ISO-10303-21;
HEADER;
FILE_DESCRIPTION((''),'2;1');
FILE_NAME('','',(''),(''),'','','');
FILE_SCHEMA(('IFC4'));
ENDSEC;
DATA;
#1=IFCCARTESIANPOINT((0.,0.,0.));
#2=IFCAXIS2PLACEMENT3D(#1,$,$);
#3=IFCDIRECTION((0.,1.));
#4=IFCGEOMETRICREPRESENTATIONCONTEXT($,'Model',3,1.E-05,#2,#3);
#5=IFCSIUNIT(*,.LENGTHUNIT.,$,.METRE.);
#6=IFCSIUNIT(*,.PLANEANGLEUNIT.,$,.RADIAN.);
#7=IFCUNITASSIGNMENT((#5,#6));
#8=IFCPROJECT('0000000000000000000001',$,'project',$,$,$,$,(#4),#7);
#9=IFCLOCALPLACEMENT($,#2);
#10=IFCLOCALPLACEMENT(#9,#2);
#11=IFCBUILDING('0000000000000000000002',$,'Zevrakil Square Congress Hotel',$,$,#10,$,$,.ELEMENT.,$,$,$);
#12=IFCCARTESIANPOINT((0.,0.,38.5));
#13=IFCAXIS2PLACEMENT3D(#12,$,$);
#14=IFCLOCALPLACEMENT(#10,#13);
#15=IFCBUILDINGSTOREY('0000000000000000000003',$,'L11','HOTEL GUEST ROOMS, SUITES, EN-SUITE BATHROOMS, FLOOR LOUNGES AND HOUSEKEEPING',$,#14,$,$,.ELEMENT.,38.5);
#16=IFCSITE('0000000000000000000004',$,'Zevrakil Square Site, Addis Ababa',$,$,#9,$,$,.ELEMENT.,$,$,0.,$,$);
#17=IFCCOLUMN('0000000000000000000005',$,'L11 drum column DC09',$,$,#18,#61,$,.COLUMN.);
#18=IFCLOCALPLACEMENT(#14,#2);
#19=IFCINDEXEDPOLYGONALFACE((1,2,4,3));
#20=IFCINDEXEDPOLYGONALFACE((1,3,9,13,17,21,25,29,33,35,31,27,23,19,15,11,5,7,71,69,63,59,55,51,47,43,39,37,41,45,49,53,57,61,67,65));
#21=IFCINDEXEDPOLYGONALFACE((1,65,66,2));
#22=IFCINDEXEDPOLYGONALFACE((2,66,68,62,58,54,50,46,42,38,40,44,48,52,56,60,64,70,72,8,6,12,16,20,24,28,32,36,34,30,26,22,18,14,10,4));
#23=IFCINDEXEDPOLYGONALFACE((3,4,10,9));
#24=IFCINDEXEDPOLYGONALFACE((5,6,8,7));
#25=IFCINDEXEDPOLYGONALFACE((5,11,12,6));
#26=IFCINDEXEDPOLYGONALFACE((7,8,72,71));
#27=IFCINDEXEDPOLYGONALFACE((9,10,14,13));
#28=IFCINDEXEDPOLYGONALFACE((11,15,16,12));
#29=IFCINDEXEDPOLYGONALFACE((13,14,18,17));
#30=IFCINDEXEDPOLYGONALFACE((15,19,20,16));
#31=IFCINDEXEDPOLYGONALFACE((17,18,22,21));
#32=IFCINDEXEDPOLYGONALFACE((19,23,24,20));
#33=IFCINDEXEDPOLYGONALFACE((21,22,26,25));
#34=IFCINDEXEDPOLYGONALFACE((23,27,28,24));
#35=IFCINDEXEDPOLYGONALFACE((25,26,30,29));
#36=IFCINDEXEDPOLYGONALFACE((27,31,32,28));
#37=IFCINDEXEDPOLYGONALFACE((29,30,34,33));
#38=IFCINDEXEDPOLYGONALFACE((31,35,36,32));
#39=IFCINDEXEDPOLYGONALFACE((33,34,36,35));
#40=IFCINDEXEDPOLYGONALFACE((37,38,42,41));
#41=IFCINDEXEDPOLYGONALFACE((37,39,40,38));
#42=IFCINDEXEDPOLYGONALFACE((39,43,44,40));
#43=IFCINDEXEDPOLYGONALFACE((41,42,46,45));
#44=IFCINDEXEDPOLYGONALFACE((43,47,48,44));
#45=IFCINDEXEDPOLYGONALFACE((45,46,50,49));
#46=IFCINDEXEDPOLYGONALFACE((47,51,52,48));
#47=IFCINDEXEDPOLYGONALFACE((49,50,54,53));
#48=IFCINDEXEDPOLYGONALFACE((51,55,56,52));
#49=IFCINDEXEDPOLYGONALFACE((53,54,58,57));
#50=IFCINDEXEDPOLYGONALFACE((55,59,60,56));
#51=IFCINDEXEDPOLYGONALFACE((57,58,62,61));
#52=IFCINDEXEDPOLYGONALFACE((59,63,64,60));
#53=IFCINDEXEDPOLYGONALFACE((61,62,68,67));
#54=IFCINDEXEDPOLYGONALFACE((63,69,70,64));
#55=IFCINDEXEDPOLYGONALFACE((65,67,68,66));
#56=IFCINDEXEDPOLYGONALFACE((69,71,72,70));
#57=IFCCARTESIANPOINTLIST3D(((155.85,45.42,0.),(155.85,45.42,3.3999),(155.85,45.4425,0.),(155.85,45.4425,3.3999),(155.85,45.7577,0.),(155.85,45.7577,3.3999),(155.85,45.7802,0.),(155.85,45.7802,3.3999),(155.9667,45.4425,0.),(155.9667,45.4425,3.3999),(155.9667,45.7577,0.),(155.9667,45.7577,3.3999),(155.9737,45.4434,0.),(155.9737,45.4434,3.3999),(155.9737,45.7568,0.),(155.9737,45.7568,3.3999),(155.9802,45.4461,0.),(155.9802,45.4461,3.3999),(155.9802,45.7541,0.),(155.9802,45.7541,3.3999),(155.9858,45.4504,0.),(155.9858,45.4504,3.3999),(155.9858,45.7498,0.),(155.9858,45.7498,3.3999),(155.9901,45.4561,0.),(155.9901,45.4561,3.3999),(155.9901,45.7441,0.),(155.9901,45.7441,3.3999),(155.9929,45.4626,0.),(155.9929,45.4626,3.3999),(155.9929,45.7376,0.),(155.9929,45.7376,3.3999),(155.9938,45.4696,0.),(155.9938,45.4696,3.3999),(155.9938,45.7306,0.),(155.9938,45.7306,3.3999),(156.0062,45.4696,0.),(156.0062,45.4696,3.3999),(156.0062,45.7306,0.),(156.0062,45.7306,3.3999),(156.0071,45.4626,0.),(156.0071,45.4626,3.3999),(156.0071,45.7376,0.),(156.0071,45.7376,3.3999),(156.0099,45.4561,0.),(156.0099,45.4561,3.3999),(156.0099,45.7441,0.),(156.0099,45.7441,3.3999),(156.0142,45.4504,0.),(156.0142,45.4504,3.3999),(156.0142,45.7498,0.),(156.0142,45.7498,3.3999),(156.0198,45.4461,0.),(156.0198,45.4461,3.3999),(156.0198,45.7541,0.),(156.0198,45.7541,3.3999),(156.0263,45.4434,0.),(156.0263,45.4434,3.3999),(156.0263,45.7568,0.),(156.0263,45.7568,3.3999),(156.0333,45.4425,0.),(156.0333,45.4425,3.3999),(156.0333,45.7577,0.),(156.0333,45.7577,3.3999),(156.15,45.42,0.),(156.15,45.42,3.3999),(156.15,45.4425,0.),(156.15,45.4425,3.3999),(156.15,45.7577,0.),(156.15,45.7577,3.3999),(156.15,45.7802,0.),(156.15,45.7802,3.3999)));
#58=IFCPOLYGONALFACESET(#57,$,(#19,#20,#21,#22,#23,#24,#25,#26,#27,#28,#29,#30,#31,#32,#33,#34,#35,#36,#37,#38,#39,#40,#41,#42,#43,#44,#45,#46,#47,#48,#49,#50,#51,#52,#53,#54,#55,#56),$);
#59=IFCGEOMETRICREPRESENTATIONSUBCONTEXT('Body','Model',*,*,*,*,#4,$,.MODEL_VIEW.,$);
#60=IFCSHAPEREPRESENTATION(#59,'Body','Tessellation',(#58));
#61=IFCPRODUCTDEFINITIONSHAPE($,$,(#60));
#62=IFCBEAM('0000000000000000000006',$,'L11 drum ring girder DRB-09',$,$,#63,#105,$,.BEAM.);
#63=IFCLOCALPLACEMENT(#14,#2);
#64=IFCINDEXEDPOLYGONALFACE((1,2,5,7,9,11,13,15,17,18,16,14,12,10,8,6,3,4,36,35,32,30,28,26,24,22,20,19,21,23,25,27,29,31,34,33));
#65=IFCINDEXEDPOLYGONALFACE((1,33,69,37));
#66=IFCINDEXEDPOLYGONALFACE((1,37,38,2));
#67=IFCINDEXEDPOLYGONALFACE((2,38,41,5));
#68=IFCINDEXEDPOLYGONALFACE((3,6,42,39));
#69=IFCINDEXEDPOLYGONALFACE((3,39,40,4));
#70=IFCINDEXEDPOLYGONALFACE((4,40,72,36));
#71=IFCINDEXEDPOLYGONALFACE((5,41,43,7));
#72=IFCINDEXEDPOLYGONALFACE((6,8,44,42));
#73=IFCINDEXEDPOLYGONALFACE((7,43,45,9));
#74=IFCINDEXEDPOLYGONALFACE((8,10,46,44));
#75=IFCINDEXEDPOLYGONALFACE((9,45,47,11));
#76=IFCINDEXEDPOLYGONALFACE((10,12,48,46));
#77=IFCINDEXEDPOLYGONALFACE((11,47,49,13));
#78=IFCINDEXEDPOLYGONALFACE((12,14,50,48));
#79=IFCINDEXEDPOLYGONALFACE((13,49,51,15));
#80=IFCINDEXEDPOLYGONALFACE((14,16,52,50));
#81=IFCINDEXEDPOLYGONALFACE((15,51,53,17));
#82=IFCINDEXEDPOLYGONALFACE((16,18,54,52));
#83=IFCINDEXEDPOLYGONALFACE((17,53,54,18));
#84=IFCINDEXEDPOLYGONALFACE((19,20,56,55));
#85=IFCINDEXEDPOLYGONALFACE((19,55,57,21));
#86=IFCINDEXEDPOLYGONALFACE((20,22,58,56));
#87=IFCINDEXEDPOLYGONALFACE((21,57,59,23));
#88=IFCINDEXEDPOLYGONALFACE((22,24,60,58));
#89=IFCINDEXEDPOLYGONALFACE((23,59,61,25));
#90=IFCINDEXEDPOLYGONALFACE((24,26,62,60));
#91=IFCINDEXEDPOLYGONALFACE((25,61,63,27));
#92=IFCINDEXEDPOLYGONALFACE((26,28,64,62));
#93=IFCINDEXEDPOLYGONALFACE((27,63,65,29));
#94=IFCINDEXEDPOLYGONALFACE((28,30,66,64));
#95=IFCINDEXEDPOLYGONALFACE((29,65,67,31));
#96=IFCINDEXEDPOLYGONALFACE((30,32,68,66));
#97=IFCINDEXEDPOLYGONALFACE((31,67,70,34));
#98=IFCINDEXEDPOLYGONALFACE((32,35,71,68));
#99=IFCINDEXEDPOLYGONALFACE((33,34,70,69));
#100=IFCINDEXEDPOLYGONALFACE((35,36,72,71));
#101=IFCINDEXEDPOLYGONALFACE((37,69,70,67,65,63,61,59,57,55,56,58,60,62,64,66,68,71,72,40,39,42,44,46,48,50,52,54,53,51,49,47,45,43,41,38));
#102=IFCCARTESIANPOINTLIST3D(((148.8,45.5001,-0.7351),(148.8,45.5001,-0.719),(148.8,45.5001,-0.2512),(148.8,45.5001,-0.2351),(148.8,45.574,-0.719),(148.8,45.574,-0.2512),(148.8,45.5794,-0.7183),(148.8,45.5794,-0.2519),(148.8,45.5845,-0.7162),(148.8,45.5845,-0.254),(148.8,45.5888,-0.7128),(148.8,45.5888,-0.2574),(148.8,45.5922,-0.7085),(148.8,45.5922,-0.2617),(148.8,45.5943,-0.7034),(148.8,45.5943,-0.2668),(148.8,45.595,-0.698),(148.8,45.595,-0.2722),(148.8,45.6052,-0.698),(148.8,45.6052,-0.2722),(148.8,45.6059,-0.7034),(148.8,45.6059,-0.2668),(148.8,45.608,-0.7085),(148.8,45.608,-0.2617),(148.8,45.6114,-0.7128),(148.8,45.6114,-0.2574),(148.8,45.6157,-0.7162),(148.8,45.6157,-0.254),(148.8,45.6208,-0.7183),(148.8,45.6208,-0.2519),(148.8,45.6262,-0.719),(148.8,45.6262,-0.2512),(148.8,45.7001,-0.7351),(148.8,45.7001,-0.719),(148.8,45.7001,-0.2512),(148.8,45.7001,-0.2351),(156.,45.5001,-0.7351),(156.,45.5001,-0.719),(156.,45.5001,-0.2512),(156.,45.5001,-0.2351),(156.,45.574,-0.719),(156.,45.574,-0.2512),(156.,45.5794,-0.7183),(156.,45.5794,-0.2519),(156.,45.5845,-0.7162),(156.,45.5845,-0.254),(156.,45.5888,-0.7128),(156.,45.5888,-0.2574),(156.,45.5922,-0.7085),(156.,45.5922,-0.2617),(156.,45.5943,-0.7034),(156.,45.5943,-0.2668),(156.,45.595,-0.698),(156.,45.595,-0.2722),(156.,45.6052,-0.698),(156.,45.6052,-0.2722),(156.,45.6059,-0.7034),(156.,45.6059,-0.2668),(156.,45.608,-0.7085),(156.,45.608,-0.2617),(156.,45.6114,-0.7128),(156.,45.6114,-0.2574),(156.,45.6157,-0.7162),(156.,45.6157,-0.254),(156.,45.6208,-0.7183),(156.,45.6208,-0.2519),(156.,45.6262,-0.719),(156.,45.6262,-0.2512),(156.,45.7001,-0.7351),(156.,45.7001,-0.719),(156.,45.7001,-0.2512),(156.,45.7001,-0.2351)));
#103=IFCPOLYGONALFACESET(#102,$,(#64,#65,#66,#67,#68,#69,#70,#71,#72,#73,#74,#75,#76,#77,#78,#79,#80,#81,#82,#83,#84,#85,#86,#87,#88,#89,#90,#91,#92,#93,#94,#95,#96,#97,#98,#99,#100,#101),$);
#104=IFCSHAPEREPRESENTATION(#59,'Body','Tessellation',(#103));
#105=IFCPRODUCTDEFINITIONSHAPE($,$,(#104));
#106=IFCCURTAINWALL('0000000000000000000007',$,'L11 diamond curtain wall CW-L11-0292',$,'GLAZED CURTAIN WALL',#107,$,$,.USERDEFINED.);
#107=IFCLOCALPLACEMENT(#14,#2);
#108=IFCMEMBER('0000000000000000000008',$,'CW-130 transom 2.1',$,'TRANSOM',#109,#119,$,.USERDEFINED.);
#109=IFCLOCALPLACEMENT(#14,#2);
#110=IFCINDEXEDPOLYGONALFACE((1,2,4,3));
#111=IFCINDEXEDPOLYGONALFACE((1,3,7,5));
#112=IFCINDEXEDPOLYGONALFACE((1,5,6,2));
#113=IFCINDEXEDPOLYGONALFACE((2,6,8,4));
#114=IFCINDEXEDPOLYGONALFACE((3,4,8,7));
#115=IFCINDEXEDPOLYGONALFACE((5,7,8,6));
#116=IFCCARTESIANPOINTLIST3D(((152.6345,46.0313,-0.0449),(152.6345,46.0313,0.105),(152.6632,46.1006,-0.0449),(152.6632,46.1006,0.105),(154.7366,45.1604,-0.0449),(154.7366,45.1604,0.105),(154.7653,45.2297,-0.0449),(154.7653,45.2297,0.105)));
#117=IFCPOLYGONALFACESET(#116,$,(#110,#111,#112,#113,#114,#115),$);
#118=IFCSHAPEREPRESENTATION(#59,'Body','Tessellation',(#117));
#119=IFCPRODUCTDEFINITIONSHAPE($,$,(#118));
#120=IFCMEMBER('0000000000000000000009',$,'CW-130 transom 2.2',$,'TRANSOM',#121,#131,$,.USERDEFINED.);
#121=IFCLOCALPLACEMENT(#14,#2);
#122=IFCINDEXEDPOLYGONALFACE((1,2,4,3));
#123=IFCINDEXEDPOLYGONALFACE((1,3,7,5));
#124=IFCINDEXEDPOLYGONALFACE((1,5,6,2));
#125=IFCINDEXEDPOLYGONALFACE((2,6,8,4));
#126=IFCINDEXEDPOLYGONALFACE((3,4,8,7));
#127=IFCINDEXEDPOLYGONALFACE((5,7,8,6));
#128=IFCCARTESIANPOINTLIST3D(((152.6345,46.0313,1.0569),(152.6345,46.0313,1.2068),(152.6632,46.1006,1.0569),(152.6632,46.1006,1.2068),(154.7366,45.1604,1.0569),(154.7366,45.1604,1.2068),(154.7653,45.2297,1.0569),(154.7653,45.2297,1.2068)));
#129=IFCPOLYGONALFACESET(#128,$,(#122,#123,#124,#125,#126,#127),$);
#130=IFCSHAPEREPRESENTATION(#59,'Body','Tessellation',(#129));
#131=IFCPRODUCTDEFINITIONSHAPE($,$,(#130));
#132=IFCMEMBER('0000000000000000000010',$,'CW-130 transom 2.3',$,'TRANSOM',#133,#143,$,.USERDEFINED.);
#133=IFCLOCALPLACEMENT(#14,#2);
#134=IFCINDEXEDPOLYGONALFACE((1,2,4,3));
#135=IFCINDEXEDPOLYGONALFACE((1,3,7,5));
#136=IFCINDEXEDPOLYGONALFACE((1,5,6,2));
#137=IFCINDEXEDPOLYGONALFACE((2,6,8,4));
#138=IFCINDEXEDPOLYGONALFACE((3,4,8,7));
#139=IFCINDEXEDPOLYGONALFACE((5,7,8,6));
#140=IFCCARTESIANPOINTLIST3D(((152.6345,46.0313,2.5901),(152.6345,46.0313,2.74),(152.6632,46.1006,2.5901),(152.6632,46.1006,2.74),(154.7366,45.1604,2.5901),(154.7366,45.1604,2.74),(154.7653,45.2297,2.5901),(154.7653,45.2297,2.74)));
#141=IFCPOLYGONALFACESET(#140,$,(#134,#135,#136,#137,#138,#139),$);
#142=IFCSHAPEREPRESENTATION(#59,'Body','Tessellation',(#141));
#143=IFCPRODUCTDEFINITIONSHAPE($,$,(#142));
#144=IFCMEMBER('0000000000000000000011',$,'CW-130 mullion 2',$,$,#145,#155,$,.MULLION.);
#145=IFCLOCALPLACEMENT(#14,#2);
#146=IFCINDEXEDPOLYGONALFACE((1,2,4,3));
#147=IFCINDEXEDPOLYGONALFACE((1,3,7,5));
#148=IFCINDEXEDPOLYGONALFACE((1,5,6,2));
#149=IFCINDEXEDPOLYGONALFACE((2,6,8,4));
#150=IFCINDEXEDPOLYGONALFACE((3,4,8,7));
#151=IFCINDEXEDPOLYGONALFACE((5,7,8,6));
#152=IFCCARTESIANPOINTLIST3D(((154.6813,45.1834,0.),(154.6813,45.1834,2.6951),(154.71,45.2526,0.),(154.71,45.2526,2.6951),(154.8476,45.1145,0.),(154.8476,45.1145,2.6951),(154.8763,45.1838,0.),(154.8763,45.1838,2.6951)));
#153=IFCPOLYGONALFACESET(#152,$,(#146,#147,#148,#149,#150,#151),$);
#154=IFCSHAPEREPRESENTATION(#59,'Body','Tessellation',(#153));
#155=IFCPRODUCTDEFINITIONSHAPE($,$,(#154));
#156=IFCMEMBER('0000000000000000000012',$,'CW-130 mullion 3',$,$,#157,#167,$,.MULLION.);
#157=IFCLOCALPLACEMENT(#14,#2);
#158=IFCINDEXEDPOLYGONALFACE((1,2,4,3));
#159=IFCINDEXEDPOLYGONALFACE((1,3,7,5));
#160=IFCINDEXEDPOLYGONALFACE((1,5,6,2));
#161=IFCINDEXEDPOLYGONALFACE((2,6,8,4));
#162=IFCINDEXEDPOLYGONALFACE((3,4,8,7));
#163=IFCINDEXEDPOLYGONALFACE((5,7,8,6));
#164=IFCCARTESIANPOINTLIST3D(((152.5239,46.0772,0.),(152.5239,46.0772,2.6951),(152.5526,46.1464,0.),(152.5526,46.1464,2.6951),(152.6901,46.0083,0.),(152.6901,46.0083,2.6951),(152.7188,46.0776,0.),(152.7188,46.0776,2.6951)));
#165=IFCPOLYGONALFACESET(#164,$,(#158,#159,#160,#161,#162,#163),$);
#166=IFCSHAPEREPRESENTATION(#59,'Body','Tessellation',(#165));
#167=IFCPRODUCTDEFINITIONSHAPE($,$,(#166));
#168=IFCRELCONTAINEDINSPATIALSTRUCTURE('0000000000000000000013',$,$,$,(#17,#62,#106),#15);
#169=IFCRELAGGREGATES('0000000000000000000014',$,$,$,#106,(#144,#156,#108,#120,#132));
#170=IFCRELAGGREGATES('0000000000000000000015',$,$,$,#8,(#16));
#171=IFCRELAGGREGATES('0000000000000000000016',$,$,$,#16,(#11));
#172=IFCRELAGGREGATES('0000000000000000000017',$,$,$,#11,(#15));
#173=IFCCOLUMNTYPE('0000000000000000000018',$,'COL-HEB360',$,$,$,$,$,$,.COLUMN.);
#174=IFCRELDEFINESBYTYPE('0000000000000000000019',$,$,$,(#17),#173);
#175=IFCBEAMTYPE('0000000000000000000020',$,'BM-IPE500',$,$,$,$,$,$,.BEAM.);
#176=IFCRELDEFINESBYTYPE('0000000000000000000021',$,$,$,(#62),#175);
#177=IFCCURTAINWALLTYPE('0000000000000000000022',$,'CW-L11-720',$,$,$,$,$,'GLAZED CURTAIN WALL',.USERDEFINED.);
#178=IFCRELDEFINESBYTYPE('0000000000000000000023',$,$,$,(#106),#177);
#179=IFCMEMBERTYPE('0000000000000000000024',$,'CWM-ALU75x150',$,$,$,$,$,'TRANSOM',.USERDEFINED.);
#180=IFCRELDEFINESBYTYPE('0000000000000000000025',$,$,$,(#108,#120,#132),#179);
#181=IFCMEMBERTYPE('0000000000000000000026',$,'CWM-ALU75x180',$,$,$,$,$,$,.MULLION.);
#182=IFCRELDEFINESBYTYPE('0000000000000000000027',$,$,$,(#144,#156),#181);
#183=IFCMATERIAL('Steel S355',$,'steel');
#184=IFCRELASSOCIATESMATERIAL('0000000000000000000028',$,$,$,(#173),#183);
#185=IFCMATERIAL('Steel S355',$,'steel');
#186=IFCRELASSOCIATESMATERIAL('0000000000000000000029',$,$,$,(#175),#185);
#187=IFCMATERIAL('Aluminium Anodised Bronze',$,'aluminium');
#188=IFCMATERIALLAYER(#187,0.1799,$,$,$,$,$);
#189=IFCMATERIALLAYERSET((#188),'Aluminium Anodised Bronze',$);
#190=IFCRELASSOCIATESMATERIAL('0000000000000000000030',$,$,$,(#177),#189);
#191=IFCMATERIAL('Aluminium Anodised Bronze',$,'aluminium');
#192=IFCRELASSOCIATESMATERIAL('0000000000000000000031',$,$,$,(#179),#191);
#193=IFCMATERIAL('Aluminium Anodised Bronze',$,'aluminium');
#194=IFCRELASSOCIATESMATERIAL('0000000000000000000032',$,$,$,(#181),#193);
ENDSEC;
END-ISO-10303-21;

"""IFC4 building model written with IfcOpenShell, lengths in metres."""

from ifc_helpers import new_model, si_unit, direction, frame, origin, origin_2d, place, context, subcontext, project, spatial, rectangle, i_section, extrude, material, layer, layer_set, material_profile, profile_set, type_object, element, aggregate, save


model = new_model("IFC4")

# Units and contexts
model_context = context("Model", 3, precision=1e-05, world=origin(), true_north=direction((0.0, 1.0)))
body_context = subcontext(model_context, "Body", "Model", "MODEL_VIEW")
ifc_project = project(units=[si_unit("LENGTHUNIT", "METRE"), si_unit("PLANEANGLEUNIT", "RADIAN")], contexts=[model_context])

# Site, building, storey
site_placement = place(None, origin())
site = spatial("IfcSite", under=ifc_project, at=site_placement, Name="Zevrakil Square Site, Addis Ababa", CompositionType="ELEMENT", RefElevation=0.0)
building_placement = place(site_placement, origin())
building = spatial("IfcBuilding", under=site, at=building_placement, Name="Zevrakil Square Congress Hotel", CompositionType="ELEMENT")
storey_placement = place(building_placement, frame((0.0, 0.0, 38.5)))
storey = spatial("IfcBuildingStorey", under=building, at=storey_placement, Name="L11", Description="HOTEL GUEST ROOMS, SUITES, EN-SUITE BATHROOMS, FLOOR LOUNGES AND HOUSEKEEPING", CompositionType="ELEMENT", Elevation=38.5)

# Column
ifc_material_1 = material(Name="Steel S355", Category="steel")
ifc_material_profile_1 = material_profile(ifc_material_1, i_section(OverallWidth=0.3, OverallDepth=0.3601, WebThickness=0.0125, FlangeThickness=0.0225, FilletRadius=0.0271, at=origin_2d()), Name="HEB 360")
ifc_profile_set_1 = profile_set([ifc_material_profile_1], Name="Steel S355")
column_type = type_object("IfcColumnType", Name="COL-HEB360", PredefinedType="COLUMN", material=ifc_profile_set_1)
column_placement = place(storey_placement, frame((156.0, 45.6001, 0.0), z_axis=(0.0, 0.0, 1.0), x_axis=(1.0, 0.0, 0.0)))
element("IfcColumn", 1, at=column_placement, inside=storey, type_object=column_type, Name="L11 drum column DC09", PredefinedType="COLUMN", context=body_context, shape_type="SweptSolid", body=[
    extrude(i_section(OverallWidth=0.3, OverallDepth=0.3601, WebThickness=0.0125, FlangeThickness=0.0225, FilletRadius=0.0271, at=origin_2d()), origin(), (0.0, 0.0, 1.0), 3.3999),
])

# Beam
ifc_material_2 = material(Name="Steel S355", Category="steel")
ifc_material_profile_2 = material_profile(ifc_material_2, i_section(OverallWidth=0.2, OverallDepth=0.5, WebThickness=0.0103, FlangeThickness=0.0161, FilletRadius=0.021, at=origin_2d()), Name="IPE 500")
ifc_profile_set_2 = profile_set([ifc_material_profile_2], Name="Steel S355")
beam_type_1 = type_object("IfcBeamType", Name="BM-IPE500", PredefinedType="BEAM", material=ifc_profile_set_2)
beam_1_placement = place(storey_placement, frame((156.0, 45.6001, -0.4851), z_axis=(-1.0, 0.0, 0.0), x_axis=(0.0, -1.0, 0.0)))
element("IfcBeam", 2, at=beam_1_placement, inside=storey, type_object=beam_type_1, Name="L11 drum ring girder DRB-09", PredefinedType="BEAM", context=body_context, shape_type="SweptSolid", body=[
    extrude(i_section(OverallWidth=0.2, OverallDepth=0.5, WebThickness=0.0103, FlangeThickness=0.0161, FilletRadius=0.021, at=origin_2d()), origin(), (0.0, 0.0, 1.0), 7.2),
])

# Curtain wall, members
ifc_material_3 = material(Name="Aluminium Anodised Bronze", Category="aluminium")
ifc_layer_1 = layer(ifc_material_3, 0.1799)
ifc_layer_set_1 = layer_set([ifc_layer_1], Name="Aluminium Anodised Bronze")
curtain_wall_type = type_object("IfcCurtainWallType", Name="CW-L11-720", ElementType="GLAZED CURTAIN WALL", PredefinedType="USERDEFINED", material=ifc_layer_set_1)
curtain_wall_placement = place(storey_placement, origin())
curtain_wall = element("IfcCurtainWall", 3, at=curtain_wall_placement, inside=storey, type_object=curtain_wall_type, Name="L11 diamond curtain wall CW-L11-0292", ObjectType="GLAZED CURTAIN WALL", PredefinedType="USERDEFINED")
ifc_material_4 = material(Name="Aluminium Anodised Bronze", Category="aluminium")
ifc_material_profile_3 = material_profile(ifc_material_4, rectangle(XDim=0.075, YDim=0.1499, at=origin_2d()), Name="ALU 75x150")
ifc_profile_set_3 = profile_set([ifc_material_profile_3], Name="Aluminium Anodised Bronze")
member_type_1 = type_object("IfcMemberType", Name="CWM-ALU75x150", ElementType="TRANSOM", PredefinedType="USERDEFINED", material=ifc_profile_set_3)
member_1_placement = place(storey_placement, frame((154.751, 45.1951, 0.03), z_axis=(-0.923856, 0.38274, 0.0), x_axis=(-0.38274, -0.923856, 0.0)))
member_1 = element("IfcMember", 4, at=member_1_placement, type_object=member_type_1, Name="CW-130 transom 2.1", ObjectType="TRANSOM", PredefinedType="USERDEFINED", context=body_context, shape_type="SweptSolid", body=[
    extrude(rectangle(XDim=0.075, YDim=0.1499, at=origin_2d()), origin(), (0.0, 0.0, 1.0), 2.2754),
])
member_2_placement = place(storey_placement, frame((154.751, 45.1951, 1.1318), z_axis=(-0.923856, 0.38274, 0.0), x_axis=(-0.38274, -0.923856, 0.0)))
member_2 = element("IfcMember", 5, at=member_2_placement, type_object=member_type_1, Name="CW-130 transom 2.2", ObjectType="TRANSOM", PredefinedType="USERDEFINED", context=body_context, shape_type="SweptSolid", body=[
    extrude(rectangle(XDim=0.075, YDim=0.1499, at=origin_2d()), origin(), (0.0, 0.0, 1.0), 2.2754),
])
member_3_placement = place(storey_placement, frame((154.751, 45.1951, 2.665), z_axis=(-0.923856, 0.38274, 0.0), x_axis=(-0.38274, -0.923856, 0.0)))
member_3 = element("IfcMember", 6, at=member_3_placement, type_object=member_type_1, Name="CW-130 transom 2.3", ObjectType="TRANSOM", PredefinedType="USERDEFINED", context=body_context, shape_type="SweptSolid", body=[
    extrude(rectangle(XDim=0.075, YDim=0.1499, at=origin_2d()), origin(), (0.0, 0.0, 1.0), 2.2754),
])
ifc_material_5 = material(Name="Aluminium Anodised Bronze", Category="aluminium")
ifc_material_profile_4 = material_profile(ifc_material_5, rectangle(XDim=0.075, YDim=0.1799, at=origin_2d()), Name="ALU 75x180")
ifc_profile_set_4 = profile_set([ifc_material_profile_4], Name="Aluminium Anodised Bronze")
member_type_2 = type_object("IfcMemberType", Name="CWM-ALU75x180", PredefinedType="MULLION", material=ifc_profile_set_4)
member_4_placement = place(storey_placement, frame((154.7788, 45.1836, 0.0), z_axis=(0.0, 0.0, 1.0), x_axis=(-0.382684, -0.923879, 0.0)))
member_4 = element("IfcMember", 7, at=member_4_placement, type_object=member_type_2, Name="CW-130 mullion 2", PredefinedType="MULLION", context=body_context, shape_type="SweptSolid", body=[
    extrude(rectangle(XDim=0.075, YDim=0.1799, at=origin_2d()), origin(), (0.0, 0.0, 1.0), 2.6951),
])
member_5_placement = place(storey_placement, frame((152.6213, 46.0774, 0.0), z_axis=(0.0, 0.0, 1.0), x_axis=(-0.382684, -0.923879, 0.0)))
member_5 = element("IfcMember", 8, at=member_5_placement, type_object=member_type_2, Name="CW-130 mullion 3", PredefinedType="MULLION", context=body_context, shape_type="SweptSolid", body=[
    extrude(rectangle(XDim=0.075, YDim=0.1799, at=origin_2d()), origin(), (0.0, 0.0, 1.0), 2.6951),
])

aggregate(curtain_wall, [member_4, member_5, member_1, member_2, member_3])

save(model, "model.ifc")
